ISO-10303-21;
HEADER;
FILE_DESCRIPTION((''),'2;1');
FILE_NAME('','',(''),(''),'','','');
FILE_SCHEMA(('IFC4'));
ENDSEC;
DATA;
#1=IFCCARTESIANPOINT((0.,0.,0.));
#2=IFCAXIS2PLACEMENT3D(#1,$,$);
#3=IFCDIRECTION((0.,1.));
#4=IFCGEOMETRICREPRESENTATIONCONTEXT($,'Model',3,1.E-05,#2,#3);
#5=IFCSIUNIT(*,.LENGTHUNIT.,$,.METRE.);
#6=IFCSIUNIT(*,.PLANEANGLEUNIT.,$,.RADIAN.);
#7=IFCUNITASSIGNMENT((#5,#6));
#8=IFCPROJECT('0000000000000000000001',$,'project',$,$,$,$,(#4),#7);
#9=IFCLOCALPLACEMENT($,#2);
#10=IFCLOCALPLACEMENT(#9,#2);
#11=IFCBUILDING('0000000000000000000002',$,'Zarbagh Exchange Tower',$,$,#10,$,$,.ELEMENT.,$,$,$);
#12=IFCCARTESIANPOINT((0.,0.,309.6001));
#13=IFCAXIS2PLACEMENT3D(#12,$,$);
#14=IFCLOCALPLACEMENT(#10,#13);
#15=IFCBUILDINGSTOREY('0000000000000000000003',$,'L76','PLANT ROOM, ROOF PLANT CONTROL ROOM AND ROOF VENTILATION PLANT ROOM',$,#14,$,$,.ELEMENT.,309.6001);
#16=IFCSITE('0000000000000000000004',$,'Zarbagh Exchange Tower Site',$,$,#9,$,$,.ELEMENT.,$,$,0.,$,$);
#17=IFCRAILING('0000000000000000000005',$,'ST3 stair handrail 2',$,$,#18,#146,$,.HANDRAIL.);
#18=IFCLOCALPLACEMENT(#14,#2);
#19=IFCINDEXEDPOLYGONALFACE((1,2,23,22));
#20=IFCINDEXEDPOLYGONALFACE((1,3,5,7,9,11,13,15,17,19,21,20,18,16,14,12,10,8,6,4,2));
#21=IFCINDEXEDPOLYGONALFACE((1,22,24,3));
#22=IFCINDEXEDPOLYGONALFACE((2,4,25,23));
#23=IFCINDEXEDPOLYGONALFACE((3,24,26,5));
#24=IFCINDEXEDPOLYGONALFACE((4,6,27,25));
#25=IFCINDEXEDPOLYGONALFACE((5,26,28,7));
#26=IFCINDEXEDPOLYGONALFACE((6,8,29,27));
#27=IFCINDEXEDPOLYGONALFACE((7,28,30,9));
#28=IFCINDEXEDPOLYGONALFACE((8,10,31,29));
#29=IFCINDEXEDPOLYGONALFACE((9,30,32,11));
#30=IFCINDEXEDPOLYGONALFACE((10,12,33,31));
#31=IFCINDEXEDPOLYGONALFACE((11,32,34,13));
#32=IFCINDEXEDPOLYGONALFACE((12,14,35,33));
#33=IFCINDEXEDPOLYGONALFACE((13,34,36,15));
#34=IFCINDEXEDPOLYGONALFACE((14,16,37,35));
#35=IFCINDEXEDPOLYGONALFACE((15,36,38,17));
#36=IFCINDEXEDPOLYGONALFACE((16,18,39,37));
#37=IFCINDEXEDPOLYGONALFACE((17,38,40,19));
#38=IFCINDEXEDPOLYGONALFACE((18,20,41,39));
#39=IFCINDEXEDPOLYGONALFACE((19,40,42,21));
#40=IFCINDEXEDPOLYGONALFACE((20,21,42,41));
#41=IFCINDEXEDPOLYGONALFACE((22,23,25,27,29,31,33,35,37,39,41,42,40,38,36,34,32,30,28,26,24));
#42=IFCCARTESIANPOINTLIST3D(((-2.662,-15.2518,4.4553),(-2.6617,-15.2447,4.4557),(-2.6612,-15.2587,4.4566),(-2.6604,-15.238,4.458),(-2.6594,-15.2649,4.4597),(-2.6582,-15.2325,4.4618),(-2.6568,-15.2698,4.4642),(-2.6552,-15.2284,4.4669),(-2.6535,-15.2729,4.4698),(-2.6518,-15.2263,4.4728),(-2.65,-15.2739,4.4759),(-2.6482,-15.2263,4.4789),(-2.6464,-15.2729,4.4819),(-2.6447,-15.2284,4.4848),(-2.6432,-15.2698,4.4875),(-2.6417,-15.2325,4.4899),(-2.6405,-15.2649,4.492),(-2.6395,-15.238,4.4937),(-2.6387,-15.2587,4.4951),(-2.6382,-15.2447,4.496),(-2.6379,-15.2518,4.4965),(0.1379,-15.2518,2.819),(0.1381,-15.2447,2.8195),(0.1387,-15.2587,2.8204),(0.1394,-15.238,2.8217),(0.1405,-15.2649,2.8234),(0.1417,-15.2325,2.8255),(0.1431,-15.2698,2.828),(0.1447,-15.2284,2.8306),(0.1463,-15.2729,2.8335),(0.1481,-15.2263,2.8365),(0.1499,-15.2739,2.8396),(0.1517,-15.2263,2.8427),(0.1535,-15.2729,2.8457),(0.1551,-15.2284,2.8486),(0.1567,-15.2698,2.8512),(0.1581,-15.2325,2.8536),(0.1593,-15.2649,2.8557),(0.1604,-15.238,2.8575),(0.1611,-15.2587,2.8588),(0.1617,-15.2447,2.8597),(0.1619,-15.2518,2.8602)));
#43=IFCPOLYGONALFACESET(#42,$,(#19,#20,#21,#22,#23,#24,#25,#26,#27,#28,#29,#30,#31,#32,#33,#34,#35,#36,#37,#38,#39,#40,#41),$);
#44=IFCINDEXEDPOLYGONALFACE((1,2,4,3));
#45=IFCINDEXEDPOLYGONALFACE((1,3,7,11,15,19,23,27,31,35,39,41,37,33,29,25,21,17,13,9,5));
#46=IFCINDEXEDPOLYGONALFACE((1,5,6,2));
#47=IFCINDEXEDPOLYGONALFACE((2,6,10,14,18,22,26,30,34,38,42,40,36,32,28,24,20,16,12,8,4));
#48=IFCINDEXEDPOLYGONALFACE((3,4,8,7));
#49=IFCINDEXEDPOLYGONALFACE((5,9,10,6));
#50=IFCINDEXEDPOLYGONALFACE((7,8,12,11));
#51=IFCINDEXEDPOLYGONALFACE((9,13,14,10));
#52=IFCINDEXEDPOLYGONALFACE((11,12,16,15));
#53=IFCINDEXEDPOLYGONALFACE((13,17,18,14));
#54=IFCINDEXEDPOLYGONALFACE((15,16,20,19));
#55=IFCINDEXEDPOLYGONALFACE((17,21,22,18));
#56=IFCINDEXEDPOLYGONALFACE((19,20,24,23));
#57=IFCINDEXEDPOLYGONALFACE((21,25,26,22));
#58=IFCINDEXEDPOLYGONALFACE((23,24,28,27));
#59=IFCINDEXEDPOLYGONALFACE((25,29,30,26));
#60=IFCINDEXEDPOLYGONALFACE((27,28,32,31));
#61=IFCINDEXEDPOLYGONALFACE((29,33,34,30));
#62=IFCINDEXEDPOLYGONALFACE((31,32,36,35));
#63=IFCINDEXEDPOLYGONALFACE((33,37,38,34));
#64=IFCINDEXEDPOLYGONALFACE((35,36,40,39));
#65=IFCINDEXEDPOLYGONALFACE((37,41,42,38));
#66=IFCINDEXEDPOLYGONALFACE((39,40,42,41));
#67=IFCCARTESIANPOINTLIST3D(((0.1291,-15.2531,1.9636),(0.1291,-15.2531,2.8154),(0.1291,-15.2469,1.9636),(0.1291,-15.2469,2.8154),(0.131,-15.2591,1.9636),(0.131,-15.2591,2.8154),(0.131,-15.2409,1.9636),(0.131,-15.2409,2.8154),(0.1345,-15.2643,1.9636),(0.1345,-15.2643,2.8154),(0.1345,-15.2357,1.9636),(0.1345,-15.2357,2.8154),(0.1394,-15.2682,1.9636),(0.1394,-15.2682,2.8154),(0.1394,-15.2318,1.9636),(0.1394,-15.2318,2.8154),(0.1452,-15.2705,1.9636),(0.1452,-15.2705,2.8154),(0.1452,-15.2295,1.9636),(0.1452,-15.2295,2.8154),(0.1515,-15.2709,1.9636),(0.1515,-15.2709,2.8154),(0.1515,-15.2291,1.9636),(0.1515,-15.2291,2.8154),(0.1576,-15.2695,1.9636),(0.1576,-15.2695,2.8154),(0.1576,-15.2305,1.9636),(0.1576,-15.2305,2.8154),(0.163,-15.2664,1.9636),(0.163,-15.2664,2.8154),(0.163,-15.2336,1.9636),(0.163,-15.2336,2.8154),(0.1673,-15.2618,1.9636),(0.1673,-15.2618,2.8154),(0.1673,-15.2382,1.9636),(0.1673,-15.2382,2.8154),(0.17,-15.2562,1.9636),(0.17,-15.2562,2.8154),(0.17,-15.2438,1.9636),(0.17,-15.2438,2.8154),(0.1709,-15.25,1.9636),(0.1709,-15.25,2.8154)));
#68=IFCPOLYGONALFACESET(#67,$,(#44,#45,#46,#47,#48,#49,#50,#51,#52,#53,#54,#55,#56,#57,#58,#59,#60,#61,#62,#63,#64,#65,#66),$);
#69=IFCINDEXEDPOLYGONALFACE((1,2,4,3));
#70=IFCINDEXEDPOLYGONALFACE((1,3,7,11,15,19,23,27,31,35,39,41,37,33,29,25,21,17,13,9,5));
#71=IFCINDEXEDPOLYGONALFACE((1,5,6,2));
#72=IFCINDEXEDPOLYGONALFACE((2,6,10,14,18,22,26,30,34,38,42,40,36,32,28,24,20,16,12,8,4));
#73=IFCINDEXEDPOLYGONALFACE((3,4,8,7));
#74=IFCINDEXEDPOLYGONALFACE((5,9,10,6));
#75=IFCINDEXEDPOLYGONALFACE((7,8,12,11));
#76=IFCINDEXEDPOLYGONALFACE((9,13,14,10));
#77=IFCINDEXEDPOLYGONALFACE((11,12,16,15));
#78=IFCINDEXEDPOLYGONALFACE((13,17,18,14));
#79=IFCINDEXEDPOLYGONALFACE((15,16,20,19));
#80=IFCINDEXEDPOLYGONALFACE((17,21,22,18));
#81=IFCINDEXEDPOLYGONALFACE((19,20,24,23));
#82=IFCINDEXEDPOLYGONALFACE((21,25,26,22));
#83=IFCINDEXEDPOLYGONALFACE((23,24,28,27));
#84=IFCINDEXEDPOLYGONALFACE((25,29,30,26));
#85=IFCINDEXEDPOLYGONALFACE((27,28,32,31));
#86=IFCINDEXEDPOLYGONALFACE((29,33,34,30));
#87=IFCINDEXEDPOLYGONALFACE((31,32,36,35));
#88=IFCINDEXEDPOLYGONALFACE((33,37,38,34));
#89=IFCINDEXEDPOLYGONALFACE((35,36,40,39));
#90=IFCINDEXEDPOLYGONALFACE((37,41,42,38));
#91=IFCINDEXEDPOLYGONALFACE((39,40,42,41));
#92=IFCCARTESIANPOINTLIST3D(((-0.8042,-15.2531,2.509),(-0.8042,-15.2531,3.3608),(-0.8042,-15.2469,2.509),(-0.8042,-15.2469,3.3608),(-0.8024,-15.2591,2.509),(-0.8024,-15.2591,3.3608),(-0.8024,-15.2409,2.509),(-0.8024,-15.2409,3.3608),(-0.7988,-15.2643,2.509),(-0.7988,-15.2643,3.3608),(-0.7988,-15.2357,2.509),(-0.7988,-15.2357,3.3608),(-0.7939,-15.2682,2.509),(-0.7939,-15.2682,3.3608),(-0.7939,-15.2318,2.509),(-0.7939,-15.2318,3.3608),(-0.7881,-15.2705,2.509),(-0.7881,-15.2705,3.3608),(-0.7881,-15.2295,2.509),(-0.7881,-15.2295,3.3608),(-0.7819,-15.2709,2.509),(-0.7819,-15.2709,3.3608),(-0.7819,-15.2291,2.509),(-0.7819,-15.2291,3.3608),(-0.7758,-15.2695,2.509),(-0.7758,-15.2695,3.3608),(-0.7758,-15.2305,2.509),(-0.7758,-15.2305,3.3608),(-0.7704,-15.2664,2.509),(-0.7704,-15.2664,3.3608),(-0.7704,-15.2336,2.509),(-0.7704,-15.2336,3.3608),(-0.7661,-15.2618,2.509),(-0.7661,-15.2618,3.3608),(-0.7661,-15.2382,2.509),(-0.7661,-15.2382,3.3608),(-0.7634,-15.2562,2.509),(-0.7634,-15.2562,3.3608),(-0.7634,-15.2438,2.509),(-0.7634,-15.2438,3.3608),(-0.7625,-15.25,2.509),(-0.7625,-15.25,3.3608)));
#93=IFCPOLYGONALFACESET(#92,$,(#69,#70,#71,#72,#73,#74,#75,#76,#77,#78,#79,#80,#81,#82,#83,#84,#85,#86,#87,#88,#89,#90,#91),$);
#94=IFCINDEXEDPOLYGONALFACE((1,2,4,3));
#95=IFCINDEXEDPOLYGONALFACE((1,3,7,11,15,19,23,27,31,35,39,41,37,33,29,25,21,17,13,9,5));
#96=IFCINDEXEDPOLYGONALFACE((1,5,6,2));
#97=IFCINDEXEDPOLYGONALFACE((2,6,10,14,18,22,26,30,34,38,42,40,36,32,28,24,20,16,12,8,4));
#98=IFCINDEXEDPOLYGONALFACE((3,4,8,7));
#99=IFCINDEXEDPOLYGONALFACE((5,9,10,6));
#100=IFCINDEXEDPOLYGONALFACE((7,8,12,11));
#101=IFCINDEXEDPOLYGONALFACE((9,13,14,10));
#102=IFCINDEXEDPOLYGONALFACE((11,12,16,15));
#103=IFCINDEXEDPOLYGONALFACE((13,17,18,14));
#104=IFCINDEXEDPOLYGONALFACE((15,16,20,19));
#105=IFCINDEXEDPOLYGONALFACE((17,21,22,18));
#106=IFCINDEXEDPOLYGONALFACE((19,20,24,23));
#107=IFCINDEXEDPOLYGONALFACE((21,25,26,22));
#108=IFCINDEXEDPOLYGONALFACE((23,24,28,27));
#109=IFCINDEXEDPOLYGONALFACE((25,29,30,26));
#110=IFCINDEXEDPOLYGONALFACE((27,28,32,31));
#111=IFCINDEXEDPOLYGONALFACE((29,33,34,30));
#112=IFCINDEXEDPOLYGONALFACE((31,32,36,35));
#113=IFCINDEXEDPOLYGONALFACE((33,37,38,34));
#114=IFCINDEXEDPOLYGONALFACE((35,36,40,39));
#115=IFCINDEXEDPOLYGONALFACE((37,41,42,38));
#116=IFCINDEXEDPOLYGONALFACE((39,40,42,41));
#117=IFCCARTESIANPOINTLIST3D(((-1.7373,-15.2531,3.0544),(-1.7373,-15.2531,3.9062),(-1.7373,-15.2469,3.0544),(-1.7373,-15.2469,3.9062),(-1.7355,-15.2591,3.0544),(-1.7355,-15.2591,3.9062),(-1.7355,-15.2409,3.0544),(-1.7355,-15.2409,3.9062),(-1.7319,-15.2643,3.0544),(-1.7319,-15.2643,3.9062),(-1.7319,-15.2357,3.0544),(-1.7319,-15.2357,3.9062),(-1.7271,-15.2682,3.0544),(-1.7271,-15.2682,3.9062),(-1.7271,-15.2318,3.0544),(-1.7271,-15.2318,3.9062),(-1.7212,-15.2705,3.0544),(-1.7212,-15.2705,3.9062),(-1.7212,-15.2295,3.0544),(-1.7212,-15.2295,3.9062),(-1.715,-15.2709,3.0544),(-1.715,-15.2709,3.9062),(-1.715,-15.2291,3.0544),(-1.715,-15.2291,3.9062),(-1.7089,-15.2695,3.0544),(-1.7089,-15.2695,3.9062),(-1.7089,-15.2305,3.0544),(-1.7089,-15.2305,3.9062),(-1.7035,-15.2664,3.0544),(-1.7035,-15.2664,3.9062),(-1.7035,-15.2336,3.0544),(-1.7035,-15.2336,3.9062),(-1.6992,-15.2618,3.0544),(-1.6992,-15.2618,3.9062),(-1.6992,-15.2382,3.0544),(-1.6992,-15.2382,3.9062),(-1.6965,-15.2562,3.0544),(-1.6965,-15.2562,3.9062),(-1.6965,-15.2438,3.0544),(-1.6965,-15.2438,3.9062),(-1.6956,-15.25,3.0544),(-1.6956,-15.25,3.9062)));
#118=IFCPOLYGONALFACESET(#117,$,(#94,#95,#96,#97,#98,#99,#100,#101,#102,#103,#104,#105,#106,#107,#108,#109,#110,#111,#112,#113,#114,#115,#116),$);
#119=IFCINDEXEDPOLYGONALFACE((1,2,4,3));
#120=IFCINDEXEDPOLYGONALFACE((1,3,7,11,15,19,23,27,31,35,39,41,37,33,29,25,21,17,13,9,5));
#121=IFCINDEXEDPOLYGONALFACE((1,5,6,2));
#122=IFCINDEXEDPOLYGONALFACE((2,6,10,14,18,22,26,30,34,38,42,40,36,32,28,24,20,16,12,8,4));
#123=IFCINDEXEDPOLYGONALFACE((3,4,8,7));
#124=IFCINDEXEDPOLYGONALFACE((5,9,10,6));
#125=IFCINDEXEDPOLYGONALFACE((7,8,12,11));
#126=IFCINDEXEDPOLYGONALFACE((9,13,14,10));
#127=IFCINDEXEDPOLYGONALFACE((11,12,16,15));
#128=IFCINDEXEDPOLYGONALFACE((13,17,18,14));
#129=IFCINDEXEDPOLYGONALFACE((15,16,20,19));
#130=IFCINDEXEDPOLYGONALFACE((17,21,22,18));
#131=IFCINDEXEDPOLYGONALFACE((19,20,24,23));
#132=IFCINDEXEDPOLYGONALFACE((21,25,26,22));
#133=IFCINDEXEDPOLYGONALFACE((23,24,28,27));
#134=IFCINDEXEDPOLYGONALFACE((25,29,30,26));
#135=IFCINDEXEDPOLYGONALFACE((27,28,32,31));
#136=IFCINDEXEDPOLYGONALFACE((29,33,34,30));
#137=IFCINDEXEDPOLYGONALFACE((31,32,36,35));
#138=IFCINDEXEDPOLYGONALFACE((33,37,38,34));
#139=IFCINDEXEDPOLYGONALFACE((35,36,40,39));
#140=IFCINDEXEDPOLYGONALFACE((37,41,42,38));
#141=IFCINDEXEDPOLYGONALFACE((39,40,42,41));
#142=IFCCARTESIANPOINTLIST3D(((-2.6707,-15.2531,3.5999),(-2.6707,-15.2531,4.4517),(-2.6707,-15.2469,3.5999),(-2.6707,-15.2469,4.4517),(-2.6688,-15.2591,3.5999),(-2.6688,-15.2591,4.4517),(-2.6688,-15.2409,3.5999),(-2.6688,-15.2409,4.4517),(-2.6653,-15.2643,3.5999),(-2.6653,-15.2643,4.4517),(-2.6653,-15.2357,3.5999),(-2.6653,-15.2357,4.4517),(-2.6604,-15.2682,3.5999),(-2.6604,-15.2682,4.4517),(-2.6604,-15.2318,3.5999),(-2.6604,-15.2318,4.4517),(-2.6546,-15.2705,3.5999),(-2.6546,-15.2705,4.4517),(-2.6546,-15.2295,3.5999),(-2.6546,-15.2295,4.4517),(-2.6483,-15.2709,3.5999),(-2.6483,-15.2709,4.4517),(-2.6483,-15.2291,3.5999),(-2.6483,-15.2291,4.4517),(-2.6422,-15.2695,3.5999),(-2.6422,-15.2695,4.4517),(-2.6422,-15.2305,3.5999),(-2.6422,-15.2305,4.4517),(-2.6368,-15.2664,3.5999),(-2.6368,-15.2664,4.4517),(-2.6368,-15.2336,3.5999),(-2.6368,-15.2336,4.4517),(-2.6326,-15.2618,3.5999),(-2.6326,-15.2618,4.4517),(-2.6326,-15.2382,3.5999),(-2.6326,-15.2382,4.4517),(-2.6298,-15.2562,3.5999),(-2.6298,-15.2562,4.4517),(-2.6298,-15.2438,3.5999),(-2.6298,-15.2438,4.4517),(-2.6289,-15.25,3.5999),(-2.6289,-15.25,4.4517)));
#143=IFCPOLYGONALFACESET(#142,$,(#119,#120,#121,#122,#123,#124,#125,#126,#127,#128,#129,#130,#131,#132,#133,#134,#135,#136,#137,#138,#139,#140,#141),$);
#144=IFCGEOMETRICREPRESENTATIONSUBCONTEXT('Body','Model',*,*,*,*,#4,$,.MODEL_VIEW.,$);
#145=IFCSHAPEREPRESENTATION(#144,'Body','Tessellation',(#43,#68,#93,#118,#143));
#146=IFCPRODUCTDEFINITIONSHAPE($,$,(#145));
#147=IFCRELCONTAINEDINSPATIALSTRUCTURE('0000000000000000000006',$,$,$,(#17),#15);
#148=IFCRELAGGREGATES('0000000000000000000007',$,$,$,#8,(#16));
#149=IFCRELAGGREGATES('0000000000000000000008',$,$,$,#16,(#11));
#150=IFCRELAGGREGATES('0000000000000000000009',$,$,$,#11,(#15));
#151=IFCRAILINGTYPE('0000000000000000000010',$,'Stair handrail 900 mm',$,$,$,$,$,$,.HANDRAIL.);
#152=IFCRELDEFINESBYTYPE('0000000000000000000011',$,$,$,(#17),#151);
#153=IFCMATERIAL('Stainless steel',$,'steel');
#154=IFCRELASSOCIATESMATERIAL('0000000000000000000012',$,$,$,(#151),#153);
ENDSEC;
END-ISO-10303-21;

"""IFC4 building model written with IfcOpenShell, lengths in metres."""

from ifc_helpers import new_model, si_unit, direction, frame, origin, origin_2d, place, context, subcontext, project, spatial, circle, extrude, material, type_object, element, save


model = new_model("IFC4")

# Units and contexts
model_context = context("Model", 3, precision=1e-05, world=origin(), true_north=direction((0.0, 1.0)))
body_context = subcontext(model_context, "Body", "Model", "MODEL_VIEW")
ifc_project = project(units=[si_unit("LENGTHUNIT", "METRE"), si_unit("PLANEANGLEUNIT", "RADIAN")], contexts=[model_context])

# Site, building, storey
site_placement = place(None, origin())
site = spatial("IfcSite", under=ifc_project, at=site_placement, Name="Zarbagh Exchange Tower Site", CompositionType="ELEMENT", RefElevation=0.0)
building_placement = place(site_placement, origin())
building = spatial("IfcBuilding", under=site, at=building_placement, Name="Zarbagh Exchange Tower", CompositionType="ELEMENT")
storey_placement = place(building_placement, frame((0.0, 0.0, 309.6001)))
storey = spatial("IfcBuildingStorey", under=building, at=storey_placement, Name="L76", Description="PLANT ROOM, ROOF PLANT CONTROL ROOM AND ROOF VENTILATION PLANT ROOM", CompositionType="ELEMENT", Elevation=309.6001)

# Railing
ifc_material_1 = material(Name="Stainless steel", Category="steel")
railing_type_1 = type_object("IfcRailingType", Name="Stair handrail 900 mm", PredefinedType="HANDRAIL", material=ifc_material_1)
railing_1_placement = place(storey_placement, frame((0.1499, -15.25, 1.9636)))
element("IfcRailing", 1, at=railing_1_placement, inside=storey, type_object=railing_type_1, Name="ST3 stair handrail 2", PredefinedType="HANDRAIL", context=body_context, shape_type="SweptSolid", body=[
    extrude(circle(Radius=0.0239, at=origin_2d()), frame((0.0, 0.0, 0.876), z_axis=(-0.863374, 0.0, 0.504564), x_axis=(0.0, -1.0, 0.0)), (0.0, 0.0, 1.0), 3.2429),
    extrude(circle(Radius=0.021, at=origin_2d()), origin(), (0.0, 0.0, 1.0), 0.8518),
    extrude(circle(Radius=0.021, at=origin_2d()), frame((-0.9333, 0.0, 0.5454)), (0.0, 0.0, 1.0), 0.8518),
    extrude(circle(Radius=0.021, at=origin_2d()), frame((-1.8665, 0.0, 1.0908)), (0.0, 0.0, 1.0), 0.8518),
    extrude(circle(Radius=0.021, at=origin_2d()), frame((-2.7998, 0.0, 1.6362)), (0.0, 0.0, 1.0), 0.8518),
])

save(model, "model.ifc")
